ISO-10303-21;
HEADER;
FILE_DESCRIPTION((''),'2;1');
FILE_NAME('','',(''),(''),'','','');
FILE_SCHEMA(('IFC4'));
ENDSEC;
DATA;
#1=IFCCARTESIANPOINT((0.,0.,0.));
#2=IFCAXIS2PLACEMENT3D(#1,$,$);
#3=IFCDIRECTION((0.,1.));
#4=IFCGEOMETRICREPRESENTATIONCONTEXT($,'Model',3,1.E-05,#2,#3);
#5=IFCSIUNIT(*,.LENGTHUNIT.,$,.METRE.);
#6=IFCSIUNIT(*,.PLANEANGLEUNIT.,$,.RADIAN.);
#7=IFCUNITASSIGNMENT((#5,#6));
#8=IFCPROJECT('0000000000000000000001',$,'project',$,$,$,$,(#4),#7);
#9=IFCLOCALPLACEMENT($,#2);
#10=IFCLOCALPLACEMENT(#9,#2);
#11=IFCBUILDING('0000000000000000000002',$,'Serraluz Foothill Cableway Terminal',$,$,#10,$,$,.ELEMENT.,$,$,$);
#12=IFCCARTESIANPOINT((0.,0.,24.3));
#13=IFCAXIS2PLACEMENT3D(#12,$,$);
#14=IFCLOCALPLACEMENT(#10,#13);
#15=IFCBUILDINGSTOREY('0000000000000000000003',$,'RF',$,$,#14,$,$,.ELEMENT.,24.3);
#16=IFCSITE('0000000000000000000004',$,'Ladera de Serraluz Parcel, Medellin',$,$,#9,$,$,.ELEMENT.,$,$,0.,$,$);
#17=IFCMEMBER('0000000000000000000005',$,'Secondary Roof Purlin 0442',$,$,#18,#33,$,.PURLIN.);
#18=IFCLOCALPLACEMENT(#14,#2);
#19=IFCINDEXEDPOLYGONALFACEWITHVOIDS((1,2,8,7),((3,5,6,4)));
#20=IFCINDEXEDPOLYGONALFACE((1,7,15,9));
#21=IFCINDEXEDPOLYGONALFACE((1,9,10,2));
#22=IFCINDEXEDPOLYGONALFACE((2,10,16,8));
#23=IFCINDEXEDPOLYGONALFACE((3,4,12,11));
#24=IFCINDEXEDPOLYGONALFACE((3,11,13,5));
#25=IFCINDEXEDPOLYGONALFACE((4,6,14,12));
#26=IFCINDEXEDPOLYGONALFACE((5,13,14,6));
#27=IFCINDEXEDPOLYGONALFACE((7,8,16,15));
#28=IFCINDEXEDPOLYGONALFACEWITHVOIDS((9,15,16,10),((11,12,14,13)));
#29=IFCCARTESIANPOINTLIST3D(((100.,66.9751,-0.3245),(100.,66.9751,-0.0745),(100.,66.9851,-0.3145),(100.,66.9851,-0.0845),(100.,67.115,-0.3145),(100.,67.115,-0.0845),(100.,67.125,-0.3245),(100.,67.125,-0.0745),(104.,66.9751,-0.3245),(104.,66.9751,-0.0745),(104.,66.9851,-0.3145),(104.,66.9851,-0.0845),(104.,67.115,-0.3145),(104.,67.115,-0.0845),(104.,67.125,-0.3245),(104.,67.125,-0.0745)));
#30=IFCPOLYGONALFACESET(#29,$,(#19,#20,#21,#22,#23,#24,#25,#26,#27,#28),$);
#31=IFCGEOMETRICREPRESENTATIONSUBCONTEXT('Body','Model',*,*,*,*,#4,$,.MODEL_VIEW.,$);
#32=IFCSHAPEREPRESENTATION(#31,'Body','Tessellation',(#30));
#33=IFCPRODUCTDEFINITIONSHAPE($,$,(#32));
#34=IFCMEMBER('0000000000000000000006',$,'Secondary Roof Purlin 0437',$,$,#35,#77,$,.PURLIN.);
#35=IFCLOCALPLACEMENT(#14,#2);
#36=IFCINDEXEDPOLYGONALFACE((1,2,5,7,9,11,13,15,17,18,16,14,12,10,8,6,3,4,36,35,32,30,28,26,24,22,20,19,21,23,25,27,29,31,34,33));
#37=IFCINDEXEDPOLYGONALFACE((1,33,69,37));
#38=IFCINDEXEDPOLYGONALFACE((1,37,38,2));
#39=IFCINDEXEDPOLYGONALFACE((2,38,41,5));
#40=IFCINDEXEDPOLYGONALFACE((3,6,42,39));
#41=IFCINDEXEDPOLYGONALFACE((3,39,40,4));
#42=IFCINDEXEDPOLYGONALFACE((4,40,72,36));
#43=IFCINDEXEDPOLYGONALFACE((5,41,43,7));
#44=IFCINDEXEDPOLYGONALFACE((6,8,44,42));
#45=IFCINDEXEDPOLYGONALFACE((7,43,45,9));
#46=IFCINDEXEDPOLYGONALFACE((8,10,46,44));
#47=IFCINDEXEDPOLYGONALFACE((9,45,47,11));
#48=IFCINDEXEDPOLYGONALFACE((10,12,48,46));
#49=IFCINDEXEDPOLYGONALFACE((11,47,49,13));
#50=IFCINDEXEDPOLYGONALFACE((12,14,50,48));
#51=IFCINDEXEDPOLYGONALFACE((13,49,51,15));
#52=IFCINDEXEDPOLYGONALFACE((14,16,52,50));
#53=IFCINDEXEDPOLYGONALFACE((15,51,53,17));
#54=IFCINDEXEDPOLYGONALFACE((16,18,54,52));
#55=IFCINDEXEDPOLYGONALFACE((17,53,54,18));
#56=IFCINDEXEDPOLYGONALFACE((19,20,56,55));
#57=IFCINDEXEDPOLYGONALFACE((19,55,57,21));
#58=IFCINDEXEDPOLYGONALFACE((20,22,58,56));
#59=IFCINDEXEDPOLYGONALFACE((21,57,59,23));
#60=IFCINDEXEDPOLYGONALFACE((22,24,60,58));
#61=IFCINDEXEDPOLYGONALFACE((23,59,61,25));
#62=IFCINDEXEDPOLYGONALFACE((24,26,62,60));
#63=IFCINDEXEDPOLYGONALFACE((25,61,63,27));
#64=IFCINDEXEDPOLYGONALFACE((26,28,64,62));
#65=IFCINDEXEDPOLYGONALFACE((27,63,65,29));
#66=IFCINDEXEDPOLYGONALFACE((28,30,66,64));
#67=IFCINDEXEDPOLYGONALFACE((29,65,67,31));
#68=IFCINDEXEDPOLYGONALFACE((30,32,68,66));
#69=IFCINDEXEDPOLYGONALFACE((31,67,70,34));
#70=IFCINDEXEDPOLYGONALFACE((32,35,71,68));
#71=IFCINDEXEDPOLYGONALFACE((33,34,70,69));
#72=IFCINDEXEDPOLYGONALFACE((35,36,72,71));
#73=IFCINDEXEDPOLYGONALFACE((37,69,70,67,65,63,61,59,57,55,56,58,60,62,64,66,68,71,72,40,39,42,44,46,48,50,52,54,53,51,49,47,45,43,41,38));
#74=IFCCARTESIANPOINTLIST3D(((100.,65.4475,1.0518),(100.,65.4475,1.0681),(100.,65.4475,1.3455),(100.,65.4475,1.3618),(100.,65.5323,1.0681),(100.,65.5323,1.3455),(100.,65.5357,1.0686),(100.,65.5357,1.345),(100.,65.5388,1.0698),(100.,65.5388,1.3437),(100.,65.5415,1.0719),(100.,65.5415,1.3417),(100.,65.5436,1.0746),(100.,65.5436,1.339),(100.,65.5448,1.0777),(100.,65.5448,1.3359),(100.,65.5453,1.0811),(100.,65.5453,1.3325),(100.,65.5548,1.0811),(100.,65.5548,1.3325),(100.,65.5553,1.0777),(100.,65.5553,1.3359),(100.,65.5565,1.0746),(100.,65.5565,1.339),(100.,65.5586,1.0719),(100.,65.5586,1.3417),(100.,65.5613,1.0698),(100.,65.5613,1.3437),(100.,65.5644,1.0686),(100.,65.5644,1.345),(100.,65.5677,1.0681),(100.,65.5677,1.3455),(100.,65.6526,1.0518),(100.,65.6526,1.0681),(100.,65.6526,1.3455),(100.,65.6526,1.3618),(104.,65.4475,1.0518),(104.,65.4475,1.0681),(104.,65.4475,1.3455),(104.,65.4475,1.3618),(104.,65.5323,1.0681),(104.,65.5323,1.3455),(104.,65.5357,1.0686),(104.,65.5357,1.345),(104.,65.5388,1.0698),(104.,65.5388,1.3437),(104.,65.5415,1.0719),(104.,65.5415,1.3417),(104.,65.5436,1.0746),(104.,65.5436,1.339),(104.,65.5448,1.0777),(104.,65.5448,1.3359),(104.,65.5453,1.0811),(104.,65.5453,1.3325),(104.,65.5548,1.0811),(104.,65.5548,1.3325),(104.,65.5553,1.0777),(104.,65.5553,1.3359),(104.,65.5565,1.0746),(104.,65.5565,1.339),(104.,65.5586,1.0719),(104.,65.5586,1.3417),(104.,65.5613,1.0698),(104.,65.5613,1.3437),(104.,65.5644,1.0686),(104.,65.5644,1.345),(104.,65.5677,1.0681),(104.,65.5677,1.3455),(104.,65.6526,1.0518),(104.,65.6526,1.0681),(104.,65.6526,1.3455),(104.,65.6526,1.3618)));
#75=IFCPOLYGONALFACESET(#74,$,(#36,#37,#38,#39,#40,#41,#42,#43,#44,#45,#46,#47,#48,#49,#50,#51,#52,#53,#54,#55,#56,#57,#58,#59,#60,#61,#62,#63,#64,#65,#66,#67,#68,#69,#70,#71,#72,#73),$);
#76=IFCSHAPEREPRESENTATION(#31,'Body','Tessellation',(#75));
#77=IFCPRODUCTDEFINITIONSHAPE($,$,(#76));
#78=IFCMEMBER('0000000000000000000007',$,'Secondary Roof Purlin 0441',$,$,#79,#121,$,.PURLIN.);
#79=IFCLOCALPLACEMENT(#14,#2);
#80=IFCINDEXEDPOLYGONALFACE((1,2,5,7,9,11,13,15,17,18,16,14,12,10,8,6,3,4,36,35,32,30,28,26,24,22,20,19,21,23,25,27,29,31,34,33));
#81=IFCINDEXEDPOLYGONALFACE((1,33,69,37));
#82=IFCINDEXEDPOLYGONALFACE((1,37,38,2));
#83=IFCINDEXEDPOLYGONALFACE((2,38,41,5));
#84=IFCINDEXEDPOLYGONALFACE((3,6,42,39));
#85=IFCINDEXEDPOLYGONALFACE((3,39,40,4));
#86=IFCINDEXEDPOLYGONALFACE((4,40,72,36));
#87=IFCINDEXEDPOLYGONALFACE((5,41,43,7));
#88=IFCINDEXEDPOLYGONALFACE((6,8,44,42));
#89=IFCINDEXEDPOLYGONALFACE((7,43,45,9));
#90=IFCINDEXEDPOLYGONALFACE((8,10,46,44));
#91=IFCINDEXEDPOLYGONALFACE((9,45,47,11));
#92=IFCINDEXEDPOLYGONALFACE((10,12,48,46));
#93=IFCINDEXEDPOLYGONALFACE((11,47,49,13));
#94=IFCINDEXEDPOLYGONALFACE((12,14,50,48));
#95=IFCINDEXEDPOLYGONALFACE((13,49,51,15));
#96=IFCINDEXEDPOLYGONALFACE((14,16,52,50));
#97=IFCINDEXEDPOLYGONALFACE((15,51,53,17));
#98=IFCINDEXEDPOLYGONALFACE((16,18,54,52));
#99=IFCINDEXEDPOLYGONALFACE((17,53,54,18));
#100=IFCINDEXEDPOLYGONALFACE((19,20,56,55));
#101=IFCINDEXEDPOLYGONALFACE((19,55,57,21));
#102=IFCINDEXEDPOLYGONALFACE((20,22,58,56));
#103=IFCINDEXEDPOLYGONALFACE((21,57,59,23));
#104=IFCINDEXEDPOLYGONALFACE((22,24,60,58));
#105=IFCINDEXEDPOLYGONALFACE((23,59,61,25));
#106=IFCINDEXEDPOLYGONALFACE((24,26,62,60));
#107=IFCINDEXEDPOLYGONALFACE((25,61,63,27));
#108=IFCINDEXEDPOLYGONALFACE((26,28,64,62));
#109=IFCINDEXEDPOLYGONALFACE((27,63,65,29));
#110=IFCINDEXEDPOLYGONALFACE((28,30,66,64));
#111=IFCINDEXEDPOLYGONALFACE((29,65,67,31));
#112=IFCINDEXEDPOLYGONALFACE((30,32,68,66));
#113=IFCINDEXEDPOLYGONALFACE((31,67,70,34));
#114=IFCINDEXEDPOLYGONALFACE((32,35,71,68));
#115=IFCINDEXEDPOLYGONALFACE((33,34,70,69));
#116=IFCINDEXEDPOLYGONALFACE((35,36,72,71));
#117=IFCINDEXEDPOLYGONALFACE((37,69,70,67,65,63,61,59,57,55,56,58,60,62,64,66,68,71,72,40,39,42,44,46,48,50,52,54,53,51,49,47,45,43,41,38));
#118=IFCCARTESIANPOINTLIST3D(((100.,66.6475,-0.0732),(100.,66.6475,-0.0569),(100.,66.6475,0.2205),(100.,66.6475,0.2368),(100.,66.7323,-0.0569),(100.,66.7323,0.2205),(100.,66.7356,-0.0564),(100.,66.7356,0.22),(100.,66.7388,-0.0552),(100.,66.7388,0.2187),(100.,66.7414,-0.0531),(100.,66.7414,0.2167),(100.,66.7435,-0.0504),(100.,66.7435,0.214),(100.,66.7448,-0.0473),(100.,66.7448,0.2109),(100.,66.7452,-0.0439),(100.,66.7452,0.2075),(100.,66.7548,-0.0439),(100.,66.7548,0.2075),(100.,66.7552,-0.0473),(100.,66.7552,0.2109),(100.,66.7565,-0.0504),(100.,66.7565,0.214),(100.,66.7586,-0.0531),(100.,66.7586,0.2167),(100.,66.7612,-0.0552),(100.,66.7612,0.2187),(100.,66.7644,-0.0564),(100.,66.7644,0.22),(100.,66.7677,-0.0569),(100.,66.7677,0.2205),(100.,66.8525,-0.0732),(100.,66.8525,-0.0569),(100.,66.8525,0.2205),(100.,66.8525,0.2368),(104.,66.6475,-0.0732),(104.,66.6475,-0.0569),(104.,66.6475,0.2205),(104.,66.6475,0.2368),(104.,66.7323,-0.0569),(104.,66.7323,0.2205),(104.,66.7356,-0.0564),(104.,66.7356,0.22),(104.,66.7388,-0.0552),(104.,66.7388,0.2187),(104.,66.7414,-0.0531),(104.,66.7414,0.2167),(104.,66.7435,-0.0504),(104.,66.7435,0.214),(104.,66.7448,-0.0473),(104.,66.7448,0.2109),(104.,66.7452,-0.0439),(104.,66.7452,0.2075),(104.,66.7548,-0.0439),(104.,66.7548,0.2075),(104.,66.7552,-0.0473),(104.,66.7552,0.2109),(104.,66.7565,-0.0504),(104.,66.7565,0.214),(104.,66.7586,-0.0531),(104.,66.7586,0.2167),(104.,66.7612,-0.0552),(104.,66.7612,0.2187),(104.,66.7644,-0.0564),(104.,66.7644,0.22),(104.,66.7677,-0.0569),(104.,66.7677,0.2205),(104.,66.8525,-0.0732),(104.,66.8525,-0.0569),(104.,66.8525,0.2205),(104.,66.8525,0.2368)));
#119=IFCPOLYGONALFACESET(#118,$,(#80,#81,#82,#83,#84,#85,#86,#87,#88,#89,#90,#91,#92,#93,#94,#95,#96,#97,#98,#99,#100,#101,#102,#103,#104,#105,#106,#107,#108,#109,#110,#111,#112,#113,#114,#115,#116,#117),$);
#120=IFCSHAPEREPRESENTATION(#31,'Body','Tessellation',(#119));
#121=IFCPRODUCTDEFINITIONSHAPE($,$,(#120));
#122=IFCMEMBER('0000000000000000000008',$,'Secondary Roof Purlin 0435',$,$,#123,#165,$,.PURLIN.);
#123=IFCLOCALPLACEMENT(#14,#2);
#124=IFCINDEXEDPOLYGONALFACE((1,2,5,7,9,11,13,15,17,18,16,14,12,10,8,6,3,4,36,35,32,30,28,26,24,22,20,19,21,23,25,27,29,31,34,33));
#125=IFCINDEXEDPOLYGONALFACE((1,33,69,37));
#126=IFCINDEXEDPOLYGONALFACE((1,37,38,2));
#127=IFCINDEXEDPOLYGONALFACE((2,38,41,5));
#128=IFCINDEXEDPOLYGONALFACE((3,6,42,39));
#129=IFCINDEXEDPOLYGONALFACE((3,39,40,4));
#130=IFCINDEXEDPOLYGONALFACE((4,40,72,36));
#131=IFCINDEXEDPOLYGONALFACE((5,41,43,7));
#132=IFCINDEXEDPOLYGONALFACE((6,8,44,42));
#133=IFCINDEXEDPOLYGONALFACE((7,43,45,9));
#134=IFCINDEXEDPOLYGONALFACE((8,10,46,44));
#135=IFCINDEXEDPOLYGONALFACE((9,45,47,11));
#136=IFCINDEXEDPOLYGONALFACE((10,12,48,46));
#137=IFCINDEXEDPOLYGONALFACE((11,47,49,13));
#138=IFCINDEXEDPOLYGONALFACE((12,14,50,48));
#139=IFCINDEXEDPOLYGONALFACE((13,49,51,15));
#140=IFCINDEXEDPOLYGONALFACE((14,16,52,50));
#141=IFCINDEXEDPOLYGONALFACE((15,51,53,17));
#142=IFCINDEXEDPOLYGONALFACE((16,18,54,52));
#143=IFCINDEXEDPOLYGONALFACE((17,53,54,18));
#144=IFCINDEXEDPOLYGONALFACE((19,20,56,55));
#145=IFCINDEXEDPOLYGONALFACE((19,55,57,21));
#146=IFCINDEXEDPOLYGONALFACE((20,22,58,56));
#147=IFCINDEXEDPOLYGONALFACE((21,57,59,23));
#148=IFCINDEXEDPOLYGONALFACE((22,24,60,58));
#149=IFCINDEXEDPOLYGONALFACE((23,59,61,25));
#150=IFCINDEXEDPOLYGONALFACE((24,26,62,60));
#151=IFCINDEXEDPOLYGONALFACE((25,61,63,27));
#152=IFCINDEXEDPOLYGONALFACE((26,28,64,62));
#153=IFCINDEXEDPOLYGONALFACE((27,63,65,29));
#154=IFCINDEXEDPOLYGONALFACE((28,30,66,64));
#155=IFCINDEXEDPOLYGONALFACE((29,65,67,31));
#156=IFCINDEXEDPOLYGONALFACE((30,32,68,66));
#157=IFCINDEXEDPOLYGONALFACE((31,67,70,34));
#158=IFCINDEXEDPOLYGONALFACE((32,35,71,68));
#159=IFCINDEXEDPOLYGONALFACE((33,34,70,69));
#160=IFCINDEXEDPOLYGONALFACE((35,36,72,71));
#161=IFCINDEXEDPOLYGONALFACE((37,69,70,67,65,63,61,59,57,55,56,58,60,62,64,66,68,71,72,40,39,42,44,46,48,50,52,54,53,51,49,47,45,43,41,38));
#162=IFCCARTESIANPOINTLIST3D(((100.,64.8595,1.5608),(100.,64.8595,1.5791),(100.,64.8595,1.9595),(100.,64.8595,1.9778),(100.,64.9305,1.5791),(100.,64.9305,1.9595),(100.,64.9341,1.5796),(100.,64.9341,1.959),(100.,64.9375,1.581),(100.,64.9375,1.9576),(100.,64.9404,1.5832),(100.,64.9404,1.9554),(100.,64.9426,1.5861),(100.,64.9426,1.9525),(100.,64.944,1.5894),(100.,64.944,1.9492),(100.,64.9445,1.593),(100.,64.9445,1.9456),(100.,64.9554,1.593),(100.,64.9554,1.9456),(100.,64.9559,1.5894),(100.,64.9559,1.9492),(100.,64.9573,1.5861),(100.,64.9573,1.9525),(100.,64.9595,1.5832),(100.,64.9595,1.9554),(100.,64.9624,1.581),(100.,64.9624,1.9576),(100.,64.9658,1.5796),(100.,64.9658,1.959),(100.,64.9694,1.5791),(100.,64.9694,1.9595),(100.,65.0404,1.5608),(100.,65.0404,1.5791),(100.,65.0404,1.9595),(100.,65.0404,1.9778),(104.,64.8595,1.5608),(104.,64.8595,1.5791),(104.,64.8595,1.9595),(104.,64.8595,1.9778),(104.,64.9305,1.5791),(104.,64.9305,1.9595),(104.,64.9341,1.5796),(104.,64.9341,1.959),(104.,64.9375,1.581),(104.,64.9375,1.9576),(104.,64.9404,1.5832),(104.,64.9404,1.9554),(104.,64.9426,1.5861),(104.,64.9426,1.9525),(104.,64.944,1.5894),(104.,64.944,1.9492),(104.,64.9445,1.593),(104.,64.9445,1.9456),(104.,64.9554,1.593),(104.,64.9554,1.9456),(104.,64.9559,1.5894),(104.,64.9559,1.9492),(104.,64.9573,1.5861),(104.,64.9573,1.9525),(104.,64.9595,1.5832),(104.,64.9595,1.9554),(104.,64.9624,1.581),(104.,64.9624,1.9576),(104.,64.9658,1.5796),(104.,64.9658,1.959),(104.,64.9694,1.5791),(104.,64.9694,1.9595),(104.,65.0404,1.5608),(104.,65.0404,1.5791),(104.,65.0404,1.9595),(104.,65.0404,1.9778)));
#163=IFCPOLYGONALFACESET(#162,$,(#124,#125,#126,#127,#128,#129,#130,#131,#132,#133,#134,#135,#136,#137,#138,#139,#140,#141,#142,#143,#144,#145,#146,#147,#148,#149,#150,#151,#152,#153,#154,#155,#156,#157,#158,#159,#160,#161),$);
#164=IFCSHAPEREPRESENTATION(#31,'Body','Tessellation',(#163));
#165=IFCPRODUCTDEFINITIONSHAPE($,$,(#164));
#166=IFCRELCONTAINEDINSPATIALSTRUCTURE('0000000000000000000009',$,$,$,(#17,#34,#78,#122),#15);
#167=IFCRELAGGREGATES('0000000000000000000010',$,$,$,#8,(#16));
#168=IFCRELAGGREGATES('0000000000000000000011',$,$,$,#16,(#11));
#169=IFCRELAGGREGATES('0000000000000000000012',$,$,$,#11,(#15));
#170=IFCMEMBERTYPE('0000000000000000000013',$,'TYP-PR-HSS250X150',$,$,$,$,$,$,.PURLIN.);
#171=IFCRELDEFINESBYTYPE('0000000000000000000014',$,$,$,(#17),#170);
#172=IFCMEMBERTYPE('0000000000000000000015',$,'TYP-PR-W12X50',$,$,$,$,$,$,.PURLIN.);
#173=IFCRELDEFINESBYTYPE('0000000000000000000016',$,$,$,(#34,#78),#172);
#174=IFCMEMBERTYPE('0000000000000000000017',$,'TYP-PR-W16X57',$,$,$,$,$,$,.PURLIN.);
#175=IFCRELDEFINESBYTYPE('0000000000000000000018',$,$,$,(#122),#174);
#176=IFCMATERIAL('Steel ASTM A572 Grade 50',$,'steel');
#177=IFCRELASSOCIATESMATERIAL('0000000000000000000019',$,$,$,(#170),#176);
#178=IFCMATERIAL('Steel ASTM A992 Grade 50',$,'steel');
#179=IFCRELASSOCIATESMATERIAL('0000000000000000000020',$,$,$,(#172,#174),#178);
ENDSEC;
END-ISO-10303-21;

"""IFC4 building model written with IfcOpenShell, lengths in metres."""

from ifc_helpers import new_model, si_unit, direction, frame, origin, origin_2d, place, context, subcontext, project, spatial, hollow_rectangle, i_section, extrude, material, material_profile, profile_set, type_object, element, save


model = new_model("IFC4")

# Units and contexts
model_context = context("Model", 3, precision=1e-05, world=origin(), true_north=direction((0.0, 1.0)))
body_context = subcontext(model_context, "Body", "Model", "MODEL_VIEW")
ifc_project = project(units=[si_unit("LENGTHUNIT", "METRE"), si_unit("PLANEANGLEUNIT", "RADIAN")], contexts=[model_context])

# Site, building, storey
site_placement = place(None, origin())
site = spatial("IfcSite", under=ifc_project, at=site_placement, Name="Ladera de Serraluz Parcel, Medellin", CompositionType="ELEMENT", RefElevation=0.0)
building_placement = place(site_placement, origin())
building = spatial("IfcBuilding", under=site, at=building_placement, Name="Serraluz Foothill Cableway Terminal", CompositionType="ELEMENT")
storey_placement = place(building_placement, frame((0.0, 0.0, 24.3)))
storey = spatial("IfcBuildingStorey", under=building, at=storey_placement, Name="RF", CompositionType="ELEMENT", Elevation=24.3)

# Members
ifc_material_1 = material(Name="Steel ASTM A572 Grade 50", Category="steel")
ifc_material_profile_1 = material_profile(ifc_material_1, hollow_rectangle(XDim=0.1499, YDim=0.25, WallThickness=0.01, at=origin_2d()), Name="HSS250X150X10")
ifc_profile_set_1 = profile_set([ifc_material_profile_1], Name="Steel ASTM A572 Grade 50")
member_type_1 = type_object("IfcMemberType", Name="TYP-PR-HSS250X150", PredefinedType="PURLIN", material=ifc_profile_set_1)
for number, where, z_axis, x_axis, name in (
    (1, (100.0, 67.05, -0.1995), (1.0, 0.0, 0.0), (0.0, 1.0, 0.0), "Secondary Roof Purlin 0442"),
):
    element("IfcMember", number, at=place(storey_placement, frame(where, z_axis=z_axis, x_axis=x_axis)), inside=storey, type_object=member_type_1, Name=name, PredefinedType="PURLIN", context=body_context, shape_type="SweptSolid", body=[
        extrude(hollow_rectangle(XDim=0.1499, YDim=0.25, WallThickness=0.01, at=origin_2d()), origin(), (0.0, 0.0, 1.0), 4.0),
    ])
ifc_material_2 = material(Name="Steel ASTM A992 Grade 50", Category="steel")
ifc_material_profile_2 = material_profile(ifc_material_2, i_section(OverallWidth=0.2051, OverallDepth=0.3101, WebThickness=0.0095, FlangeThickness=0.0164, FilletRadius=0.0129, at=origin_2d()), Name="W12X50")
ifc_profile_set_2 = profile_set([ifc_material_profile_2], Name="Steel ASTM A992 Grade 50")
member_type_2 = type_object("IfcMemberType", Name="TYP-PR-W12X50", PredefinedType="PURLIN", material=ifc_profile_set_2)
for number, where, z_axis, x_axis, name in (
    (2, (100.0, 65.55, 1.2068), (1.0, 0.0, 0.0), (0.0, 1.0, 0.0), "Secondary Roof Purlin 0437"),
    (3, (100.0, 66.75, 0.0818), (1.0, 0.0, 0.0), (0.0, 1.0, 0.0), "Secondary Roof Purlin 0441"),
):
    element("IfcMember", number, at=place(storey_placement, frame(where, z_axis=z_axis, x_axis=x_axis)), inside=storey, type_object=member_type_2, Name=name, PredefinedType="PURLIN", context=body_context, shape_type="SweptSolid", body=[
        extrude(i_section(OverallWidth=0.2051, OverallDepth=0.3101, WebThickness=0.0095, FlangeThickness=0.0164, FilletRadius=0.0129, at=origin_2d()), origin(), (0.0, 0.0, 1.0), 4.0),
    ])
ifc_material_profile_3 = material_profile(ifc_material_2, i_section(OverallWidth=0.1809, OverallDepth=0.417, WebThickness=0.011, FlangeThickness=0.0183, FilletRadius=0.0139, at=origin_2d()), Name="W16X57")
ifc_profile_set_3 = profile_set([ifc_material_profile_3], Name="Steel ASTM A992 Grade 50")
member_type_3 = type_object("IfcMemberType", Name="TYP-PR-W16X57", PredefinedType="PURLIN", material=ifc_profile_set_3)
for number, where, z_axis, x_axis, name in (
    (4, (100.0, 64.95, 1.7693), (1.0, 0.0, 0.0), (0.0, 1.0, 0.0), "Secondary Roof Purlin 0435"),
):
    element("IfcMember", number, at=place(storey_placement, frame(where, z_axis=z_axis, x_axis=x_axis)), inside=storey, type_object=member_type_3, Name=name, PredefinedType="PURLIN", context=body_context, shape_type="SweptSolid", body=[
        extrude(i_section(OverallWidth=0.1809, OverallDepth=0.417, WebThickness=0.011, FlangeThickness=0.0183, FilletRadius=0.0139, at=origin_2d()), origin(), (0.0, 0.0, 1.0), 4.0),
    ])

save(model, "model.ifc")
